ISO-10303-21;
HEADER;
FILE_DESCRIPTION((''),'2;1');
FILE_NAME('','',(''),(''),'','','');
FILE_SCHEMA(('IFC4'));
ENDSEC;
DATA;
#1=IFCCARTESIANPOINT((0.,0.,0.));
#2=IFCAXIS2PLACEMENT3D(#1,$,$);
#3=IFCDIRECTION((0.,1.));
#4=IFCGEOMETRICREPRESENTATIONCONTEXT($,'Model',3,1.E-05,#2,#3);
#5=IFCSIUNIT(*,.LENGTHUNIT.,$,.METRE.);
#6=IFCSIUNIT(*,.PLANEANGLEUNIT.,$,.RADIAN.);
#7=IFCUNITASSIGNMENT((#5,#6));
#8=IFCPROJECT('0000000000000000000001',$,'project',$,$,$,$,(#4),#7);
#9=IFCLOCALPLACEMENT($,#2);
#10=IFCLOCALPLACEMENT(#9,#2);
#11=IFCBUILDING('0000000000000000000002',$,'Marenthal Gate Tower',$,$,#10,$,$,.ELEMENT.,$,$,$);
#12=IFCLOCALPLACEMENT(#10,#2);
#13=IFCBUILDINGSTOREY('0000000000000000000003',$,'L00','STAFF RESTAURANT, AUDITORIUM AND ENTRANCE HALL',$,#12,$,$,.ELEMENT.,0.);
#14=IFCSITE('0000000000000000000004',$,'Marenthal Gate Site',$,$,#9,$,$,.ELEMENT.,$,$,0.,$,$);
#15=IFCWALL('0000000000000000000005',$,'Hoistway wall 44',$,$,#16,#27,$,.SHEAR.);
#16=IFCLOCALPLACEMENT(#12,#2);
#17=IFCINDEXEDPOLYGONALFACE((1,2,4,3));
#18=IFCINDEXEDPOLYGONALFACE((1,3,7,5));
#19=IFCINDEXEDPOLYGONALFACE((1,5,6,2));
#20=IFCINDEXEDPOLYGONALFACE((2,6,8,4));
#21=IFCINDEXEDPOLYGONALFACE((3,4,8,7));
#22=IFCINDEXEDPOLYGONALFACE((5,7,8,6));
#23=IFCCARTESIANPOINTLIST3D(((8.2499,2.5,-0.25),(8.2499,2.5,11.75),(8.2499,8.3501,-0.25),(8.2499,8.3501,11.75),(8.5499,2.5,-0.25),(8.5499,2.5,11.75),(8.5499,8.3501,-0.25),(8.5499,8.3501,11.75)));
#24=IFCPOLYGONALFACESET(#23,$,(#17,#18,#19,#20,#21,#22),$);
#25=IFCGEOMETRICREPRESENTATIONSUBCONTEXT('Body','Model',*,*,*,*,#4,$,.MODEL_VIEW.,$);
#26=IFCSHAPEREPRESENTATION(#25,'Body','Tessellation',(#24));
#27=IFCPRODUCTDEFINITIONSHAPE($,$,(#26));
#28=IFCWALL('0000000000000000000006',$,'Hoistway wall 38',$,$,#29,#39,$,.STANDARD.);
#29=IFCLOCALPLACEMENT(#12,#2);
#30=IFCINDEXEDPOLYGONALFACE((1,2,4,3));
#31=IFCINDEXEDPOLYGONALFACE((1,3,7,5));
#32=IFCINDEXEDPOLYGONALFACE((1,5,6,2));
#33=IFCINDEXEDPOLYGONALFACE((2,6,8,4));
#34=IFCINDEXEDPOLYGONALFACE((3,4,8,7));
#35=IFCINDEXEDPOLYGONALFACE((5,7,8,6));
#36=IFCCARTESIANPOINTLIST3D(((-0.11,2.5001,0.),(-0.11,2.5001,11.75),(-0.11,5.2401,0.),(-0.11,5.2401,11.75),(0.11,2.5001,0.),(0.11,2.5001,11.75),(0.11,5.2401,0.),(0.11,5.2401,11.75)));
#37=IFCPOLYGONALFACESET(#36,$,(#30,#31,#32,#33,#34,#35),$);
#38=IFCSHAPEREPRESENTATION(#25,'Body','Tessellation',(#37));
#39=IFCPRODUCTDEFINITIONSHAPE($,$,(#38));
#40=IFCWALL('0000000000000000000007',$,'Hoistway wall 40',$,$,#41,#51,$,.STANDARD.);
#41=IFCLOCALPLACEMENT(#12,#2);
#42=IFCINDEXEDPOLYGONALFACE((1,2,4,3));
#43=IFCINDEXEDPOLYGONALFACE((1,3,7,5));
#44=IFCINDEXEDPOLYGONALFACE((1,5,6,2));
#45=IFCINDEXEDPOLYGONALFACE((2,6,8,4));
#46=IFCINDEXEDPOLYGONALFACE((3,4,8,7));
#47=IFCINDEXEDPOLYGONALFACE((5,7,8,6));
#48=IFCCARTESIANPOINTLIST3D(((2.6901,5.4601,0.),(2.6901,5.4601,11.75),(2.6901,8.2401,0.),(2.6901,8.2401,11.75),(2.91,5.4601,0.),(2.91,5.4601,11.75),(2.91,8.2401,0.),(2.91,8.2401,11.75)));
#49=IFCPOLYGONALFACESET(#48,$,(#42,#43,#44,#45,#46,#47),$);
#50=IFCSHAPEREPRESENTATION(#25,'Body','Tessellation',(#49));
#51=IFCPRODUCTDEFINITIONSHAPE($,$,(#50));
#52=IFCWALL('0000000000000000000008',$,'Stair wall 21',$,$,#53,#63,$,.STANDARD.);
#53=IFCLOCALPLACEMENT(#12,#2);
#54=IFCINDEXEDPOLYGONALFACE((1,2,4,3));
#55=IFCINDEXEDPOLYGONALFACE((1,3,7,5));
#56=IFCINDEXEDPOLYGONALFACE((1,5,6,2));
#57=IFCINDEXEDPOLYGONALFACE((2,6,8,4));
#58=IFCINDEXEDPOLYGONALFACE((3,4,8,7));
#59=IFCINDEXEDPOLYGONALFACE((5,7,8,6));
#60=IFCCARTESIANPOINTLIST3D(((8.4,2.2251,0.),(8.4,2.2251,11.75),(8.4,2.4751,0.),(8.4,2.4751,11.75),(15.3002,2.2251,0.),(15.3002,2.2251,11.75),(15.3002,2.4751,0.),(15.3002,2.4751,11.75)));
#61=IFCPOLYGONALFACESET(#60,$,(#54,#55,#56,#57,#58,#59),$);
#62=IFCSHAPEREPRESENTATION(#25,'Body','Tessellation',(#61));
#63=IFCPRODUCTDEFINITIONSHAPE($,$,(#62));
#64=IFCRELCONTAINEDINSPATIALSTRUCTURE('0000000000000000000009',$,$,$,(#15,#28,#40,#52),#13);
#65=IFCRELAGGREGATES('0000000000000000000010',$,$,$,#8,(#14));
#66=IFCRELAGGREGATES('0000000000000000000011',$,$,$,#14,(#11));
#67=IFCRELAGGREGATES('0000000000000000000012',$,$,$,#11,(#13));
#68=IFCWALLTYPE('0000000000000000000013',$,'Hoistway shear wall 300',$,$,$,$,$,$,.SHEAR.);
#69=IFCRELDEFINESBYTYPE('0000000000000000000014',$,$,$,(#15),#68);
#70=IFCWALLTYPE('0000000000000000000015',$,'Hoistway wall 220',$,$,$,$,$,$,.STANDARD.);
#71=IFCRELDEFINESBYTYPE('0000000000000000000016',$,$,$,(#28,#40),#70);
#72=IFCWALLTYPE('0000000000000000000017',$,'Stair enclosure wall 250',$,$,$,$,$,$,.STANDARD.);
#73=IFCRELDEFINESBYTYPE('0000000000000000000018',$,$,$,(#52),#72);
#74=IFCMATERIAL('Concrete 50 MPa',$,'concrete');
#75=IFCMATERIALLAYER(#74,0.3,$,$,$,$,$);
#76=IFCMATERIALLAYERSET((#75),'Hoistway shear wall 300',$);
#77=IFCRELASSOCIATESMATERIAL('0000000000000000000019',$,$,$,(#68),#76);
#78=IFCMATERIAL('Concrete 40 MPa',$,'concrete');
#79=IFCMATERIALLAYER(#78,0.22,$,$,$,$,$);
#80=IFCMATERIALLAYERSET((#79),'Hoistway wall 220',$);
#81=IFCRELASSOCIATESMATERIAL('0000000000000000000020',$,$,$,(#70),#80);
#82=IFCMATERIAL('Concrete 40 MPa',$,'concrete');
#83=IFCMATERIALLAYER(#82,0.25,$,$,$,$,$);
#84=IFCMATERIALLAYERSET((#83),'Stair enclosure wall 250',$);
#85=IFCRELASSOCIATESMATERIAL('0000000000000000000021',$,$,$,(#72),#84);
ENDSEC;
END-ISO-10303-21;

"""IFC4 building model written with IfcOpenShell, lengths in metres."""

from ifc_helpers import new_model, si_unit, direction, frame, frame_2d, origin, place, context, subcontext, project, spatial, rectangle, extrude, material, layer, layer_set, type_object, element, save


model = new_model("IFC4")

# Units and contexts
model_context = context("Model", 3, precision=1e-05, world=origin(), true_north=direction((0.0, 1.0)))
body_context = subcontext(model_context, "Body", "Model", "MODEL_VIEW")
ifc_project = project(units=[si_unit("LENGTHUNIT", "METRE"), si_unit("PLANEANGLEUNIT", "RADIAN")], contexts=[model_context])

# Site, building, storey
site_placement = place(None, origin())
site = spatial("IfcSite", under=ifc_project, at=site_placement, Name="Marenthal Gate Site", CompositionType="ELEMENT", RefElevation=0.0)
building_placement = place(site_placement, origin())
building = spatial("IfcBuilding", under=site, at=building_placement, Name="Marenthal Gate Tower", CompositionType="ELEMENT")
storey_placement = place(building_placement, origin())
storey = spatial("IfcBuildingStorey", under=building, at=storey_placement, Name="L00", Description="STAFF RESTAURANT, AUDITORIUM AND ENTRANCE HALL", CompositionType="ELEMENT", Elevation=0.0)

# Walls
ifc_material_1 = material(Name="Concrete 50 MPa", Category="concrete")
ifc_layer_1 = layer(ifc_material_1, 0.3)
ifc_layer_set_1 = layer_set([ifc_layer_1], Name="Hoistway shear wall 300")
wall_type_1 = type_object("IfcWallType", Name="Hoistway shear wall 300", PredefinedType="SHEAR", material=ifc_layer_set_1)
wall_1_placement = place(storey_placement, frame((8.3999, 2.5, -0.25), z_axis=(0.0, 0.0, 1.0), x_axis=(0.0, 1.0, 0.0)))
element("IfcWall", 1, at=wall_1_placement, inside=storey, type_object=wall_type_1, Name="Hoistway wall 44", PredefinedType="SHEAR", context=body_context, shape_type="SweptSolid", body=[
    extrude(rectangle(XDim=5.8501, YDim=0.3, at=frame_2d((2.925, 0.0))), origin(), (0.0, 0.0, 1.0), 12.0),
])
ifc_material_2 = material(Name="Concrete 40 MPa", Category="concrete")
ifc_layer_2 = layer(ifc_material_2, 0.22)
ifc_layer_set_2 = layer_set([ifc_layer_2], Name="Hoistway wall 220")
wall_type_2 = type_object("IfcWallType", Name="Hoistway wall 220", PredefinedType="STANDARD", material=ifc_layer_set_2)
wall_2_placement = place(storey_placement, frame((0.0, 2.5, 0.0), z_axis=(0.0, 0.0, 1.0), x_axis=(0.0, 1.0, 0.0)))
element("IfcWall", 2, at=wall_2_placement, inside=storey, type_object=wall_type_2, Name="Hoistway wall 38", PredefinedType="STANDARD", context=body_context, shape_type="SweptSolid", body=[
    extrude(rectangle(XDim=2.74, YDim=0.22, at=frame_2d((1.3701, 0.0))), origin(), (0.0, 0.0, 1.0), 11.75),
])
wall_3_placement = place(storey_placement, frame((2.8, 5.46, 0.0), z_axis=(0.0, 0.0, 1.0), x_axis=(0.0, 1.0, 0.0)))
element("IfcWall", 3, at=wall_3_placement, inside=storey, type_object=wall_type_2, Name="Hoistway wall 40", PredefinedType="STANDARD", context=body_context, shape_type="SweptSolid", body=[
    extrude(rectangle(XDim=2.78, YDim=0.22, at=frame_2d((1.3901, 0.0))), origin(), (0.0, 0.0, 1.0), 11.75),
])
ifc_material_3 = material(Name="Concrete 40 MPa", Category="concrete")
ifc_layer_3 = layer(ifc_material_3, 0.25)
ifc_layer_set_3 = layer_set([ifc_layer_3], Name="Stair enclosure wall 250")
wall_type_3 = type_object("IfcWallType", Name="Stair enclosure wall 250", PredefinedType="STANDARD", material=ifc_layer_set_3)
wall_4_placement = place(storey_placement, frame((8.3999, 2.3501, 0.0), z_axis=(0.0, 0.0, 1.0), x_axis=(1.0, 0.0, 0.0)))
element("IfcWall", 4, at=wall_4_placement, inside=storey, type_object=wall_type_3, Name="Stair wall 21", PredefinedType="STANDARD", context=body_context, shape_type="SweptSolid", body=[
    extrude(rectangle(XDim=6.9001, YDim=0.25, at=frame_2d((3.4502, 0.0))), origin(), (0.0, 0.0, 1.0), 11.75),
])

save(model, "model.ifc")
